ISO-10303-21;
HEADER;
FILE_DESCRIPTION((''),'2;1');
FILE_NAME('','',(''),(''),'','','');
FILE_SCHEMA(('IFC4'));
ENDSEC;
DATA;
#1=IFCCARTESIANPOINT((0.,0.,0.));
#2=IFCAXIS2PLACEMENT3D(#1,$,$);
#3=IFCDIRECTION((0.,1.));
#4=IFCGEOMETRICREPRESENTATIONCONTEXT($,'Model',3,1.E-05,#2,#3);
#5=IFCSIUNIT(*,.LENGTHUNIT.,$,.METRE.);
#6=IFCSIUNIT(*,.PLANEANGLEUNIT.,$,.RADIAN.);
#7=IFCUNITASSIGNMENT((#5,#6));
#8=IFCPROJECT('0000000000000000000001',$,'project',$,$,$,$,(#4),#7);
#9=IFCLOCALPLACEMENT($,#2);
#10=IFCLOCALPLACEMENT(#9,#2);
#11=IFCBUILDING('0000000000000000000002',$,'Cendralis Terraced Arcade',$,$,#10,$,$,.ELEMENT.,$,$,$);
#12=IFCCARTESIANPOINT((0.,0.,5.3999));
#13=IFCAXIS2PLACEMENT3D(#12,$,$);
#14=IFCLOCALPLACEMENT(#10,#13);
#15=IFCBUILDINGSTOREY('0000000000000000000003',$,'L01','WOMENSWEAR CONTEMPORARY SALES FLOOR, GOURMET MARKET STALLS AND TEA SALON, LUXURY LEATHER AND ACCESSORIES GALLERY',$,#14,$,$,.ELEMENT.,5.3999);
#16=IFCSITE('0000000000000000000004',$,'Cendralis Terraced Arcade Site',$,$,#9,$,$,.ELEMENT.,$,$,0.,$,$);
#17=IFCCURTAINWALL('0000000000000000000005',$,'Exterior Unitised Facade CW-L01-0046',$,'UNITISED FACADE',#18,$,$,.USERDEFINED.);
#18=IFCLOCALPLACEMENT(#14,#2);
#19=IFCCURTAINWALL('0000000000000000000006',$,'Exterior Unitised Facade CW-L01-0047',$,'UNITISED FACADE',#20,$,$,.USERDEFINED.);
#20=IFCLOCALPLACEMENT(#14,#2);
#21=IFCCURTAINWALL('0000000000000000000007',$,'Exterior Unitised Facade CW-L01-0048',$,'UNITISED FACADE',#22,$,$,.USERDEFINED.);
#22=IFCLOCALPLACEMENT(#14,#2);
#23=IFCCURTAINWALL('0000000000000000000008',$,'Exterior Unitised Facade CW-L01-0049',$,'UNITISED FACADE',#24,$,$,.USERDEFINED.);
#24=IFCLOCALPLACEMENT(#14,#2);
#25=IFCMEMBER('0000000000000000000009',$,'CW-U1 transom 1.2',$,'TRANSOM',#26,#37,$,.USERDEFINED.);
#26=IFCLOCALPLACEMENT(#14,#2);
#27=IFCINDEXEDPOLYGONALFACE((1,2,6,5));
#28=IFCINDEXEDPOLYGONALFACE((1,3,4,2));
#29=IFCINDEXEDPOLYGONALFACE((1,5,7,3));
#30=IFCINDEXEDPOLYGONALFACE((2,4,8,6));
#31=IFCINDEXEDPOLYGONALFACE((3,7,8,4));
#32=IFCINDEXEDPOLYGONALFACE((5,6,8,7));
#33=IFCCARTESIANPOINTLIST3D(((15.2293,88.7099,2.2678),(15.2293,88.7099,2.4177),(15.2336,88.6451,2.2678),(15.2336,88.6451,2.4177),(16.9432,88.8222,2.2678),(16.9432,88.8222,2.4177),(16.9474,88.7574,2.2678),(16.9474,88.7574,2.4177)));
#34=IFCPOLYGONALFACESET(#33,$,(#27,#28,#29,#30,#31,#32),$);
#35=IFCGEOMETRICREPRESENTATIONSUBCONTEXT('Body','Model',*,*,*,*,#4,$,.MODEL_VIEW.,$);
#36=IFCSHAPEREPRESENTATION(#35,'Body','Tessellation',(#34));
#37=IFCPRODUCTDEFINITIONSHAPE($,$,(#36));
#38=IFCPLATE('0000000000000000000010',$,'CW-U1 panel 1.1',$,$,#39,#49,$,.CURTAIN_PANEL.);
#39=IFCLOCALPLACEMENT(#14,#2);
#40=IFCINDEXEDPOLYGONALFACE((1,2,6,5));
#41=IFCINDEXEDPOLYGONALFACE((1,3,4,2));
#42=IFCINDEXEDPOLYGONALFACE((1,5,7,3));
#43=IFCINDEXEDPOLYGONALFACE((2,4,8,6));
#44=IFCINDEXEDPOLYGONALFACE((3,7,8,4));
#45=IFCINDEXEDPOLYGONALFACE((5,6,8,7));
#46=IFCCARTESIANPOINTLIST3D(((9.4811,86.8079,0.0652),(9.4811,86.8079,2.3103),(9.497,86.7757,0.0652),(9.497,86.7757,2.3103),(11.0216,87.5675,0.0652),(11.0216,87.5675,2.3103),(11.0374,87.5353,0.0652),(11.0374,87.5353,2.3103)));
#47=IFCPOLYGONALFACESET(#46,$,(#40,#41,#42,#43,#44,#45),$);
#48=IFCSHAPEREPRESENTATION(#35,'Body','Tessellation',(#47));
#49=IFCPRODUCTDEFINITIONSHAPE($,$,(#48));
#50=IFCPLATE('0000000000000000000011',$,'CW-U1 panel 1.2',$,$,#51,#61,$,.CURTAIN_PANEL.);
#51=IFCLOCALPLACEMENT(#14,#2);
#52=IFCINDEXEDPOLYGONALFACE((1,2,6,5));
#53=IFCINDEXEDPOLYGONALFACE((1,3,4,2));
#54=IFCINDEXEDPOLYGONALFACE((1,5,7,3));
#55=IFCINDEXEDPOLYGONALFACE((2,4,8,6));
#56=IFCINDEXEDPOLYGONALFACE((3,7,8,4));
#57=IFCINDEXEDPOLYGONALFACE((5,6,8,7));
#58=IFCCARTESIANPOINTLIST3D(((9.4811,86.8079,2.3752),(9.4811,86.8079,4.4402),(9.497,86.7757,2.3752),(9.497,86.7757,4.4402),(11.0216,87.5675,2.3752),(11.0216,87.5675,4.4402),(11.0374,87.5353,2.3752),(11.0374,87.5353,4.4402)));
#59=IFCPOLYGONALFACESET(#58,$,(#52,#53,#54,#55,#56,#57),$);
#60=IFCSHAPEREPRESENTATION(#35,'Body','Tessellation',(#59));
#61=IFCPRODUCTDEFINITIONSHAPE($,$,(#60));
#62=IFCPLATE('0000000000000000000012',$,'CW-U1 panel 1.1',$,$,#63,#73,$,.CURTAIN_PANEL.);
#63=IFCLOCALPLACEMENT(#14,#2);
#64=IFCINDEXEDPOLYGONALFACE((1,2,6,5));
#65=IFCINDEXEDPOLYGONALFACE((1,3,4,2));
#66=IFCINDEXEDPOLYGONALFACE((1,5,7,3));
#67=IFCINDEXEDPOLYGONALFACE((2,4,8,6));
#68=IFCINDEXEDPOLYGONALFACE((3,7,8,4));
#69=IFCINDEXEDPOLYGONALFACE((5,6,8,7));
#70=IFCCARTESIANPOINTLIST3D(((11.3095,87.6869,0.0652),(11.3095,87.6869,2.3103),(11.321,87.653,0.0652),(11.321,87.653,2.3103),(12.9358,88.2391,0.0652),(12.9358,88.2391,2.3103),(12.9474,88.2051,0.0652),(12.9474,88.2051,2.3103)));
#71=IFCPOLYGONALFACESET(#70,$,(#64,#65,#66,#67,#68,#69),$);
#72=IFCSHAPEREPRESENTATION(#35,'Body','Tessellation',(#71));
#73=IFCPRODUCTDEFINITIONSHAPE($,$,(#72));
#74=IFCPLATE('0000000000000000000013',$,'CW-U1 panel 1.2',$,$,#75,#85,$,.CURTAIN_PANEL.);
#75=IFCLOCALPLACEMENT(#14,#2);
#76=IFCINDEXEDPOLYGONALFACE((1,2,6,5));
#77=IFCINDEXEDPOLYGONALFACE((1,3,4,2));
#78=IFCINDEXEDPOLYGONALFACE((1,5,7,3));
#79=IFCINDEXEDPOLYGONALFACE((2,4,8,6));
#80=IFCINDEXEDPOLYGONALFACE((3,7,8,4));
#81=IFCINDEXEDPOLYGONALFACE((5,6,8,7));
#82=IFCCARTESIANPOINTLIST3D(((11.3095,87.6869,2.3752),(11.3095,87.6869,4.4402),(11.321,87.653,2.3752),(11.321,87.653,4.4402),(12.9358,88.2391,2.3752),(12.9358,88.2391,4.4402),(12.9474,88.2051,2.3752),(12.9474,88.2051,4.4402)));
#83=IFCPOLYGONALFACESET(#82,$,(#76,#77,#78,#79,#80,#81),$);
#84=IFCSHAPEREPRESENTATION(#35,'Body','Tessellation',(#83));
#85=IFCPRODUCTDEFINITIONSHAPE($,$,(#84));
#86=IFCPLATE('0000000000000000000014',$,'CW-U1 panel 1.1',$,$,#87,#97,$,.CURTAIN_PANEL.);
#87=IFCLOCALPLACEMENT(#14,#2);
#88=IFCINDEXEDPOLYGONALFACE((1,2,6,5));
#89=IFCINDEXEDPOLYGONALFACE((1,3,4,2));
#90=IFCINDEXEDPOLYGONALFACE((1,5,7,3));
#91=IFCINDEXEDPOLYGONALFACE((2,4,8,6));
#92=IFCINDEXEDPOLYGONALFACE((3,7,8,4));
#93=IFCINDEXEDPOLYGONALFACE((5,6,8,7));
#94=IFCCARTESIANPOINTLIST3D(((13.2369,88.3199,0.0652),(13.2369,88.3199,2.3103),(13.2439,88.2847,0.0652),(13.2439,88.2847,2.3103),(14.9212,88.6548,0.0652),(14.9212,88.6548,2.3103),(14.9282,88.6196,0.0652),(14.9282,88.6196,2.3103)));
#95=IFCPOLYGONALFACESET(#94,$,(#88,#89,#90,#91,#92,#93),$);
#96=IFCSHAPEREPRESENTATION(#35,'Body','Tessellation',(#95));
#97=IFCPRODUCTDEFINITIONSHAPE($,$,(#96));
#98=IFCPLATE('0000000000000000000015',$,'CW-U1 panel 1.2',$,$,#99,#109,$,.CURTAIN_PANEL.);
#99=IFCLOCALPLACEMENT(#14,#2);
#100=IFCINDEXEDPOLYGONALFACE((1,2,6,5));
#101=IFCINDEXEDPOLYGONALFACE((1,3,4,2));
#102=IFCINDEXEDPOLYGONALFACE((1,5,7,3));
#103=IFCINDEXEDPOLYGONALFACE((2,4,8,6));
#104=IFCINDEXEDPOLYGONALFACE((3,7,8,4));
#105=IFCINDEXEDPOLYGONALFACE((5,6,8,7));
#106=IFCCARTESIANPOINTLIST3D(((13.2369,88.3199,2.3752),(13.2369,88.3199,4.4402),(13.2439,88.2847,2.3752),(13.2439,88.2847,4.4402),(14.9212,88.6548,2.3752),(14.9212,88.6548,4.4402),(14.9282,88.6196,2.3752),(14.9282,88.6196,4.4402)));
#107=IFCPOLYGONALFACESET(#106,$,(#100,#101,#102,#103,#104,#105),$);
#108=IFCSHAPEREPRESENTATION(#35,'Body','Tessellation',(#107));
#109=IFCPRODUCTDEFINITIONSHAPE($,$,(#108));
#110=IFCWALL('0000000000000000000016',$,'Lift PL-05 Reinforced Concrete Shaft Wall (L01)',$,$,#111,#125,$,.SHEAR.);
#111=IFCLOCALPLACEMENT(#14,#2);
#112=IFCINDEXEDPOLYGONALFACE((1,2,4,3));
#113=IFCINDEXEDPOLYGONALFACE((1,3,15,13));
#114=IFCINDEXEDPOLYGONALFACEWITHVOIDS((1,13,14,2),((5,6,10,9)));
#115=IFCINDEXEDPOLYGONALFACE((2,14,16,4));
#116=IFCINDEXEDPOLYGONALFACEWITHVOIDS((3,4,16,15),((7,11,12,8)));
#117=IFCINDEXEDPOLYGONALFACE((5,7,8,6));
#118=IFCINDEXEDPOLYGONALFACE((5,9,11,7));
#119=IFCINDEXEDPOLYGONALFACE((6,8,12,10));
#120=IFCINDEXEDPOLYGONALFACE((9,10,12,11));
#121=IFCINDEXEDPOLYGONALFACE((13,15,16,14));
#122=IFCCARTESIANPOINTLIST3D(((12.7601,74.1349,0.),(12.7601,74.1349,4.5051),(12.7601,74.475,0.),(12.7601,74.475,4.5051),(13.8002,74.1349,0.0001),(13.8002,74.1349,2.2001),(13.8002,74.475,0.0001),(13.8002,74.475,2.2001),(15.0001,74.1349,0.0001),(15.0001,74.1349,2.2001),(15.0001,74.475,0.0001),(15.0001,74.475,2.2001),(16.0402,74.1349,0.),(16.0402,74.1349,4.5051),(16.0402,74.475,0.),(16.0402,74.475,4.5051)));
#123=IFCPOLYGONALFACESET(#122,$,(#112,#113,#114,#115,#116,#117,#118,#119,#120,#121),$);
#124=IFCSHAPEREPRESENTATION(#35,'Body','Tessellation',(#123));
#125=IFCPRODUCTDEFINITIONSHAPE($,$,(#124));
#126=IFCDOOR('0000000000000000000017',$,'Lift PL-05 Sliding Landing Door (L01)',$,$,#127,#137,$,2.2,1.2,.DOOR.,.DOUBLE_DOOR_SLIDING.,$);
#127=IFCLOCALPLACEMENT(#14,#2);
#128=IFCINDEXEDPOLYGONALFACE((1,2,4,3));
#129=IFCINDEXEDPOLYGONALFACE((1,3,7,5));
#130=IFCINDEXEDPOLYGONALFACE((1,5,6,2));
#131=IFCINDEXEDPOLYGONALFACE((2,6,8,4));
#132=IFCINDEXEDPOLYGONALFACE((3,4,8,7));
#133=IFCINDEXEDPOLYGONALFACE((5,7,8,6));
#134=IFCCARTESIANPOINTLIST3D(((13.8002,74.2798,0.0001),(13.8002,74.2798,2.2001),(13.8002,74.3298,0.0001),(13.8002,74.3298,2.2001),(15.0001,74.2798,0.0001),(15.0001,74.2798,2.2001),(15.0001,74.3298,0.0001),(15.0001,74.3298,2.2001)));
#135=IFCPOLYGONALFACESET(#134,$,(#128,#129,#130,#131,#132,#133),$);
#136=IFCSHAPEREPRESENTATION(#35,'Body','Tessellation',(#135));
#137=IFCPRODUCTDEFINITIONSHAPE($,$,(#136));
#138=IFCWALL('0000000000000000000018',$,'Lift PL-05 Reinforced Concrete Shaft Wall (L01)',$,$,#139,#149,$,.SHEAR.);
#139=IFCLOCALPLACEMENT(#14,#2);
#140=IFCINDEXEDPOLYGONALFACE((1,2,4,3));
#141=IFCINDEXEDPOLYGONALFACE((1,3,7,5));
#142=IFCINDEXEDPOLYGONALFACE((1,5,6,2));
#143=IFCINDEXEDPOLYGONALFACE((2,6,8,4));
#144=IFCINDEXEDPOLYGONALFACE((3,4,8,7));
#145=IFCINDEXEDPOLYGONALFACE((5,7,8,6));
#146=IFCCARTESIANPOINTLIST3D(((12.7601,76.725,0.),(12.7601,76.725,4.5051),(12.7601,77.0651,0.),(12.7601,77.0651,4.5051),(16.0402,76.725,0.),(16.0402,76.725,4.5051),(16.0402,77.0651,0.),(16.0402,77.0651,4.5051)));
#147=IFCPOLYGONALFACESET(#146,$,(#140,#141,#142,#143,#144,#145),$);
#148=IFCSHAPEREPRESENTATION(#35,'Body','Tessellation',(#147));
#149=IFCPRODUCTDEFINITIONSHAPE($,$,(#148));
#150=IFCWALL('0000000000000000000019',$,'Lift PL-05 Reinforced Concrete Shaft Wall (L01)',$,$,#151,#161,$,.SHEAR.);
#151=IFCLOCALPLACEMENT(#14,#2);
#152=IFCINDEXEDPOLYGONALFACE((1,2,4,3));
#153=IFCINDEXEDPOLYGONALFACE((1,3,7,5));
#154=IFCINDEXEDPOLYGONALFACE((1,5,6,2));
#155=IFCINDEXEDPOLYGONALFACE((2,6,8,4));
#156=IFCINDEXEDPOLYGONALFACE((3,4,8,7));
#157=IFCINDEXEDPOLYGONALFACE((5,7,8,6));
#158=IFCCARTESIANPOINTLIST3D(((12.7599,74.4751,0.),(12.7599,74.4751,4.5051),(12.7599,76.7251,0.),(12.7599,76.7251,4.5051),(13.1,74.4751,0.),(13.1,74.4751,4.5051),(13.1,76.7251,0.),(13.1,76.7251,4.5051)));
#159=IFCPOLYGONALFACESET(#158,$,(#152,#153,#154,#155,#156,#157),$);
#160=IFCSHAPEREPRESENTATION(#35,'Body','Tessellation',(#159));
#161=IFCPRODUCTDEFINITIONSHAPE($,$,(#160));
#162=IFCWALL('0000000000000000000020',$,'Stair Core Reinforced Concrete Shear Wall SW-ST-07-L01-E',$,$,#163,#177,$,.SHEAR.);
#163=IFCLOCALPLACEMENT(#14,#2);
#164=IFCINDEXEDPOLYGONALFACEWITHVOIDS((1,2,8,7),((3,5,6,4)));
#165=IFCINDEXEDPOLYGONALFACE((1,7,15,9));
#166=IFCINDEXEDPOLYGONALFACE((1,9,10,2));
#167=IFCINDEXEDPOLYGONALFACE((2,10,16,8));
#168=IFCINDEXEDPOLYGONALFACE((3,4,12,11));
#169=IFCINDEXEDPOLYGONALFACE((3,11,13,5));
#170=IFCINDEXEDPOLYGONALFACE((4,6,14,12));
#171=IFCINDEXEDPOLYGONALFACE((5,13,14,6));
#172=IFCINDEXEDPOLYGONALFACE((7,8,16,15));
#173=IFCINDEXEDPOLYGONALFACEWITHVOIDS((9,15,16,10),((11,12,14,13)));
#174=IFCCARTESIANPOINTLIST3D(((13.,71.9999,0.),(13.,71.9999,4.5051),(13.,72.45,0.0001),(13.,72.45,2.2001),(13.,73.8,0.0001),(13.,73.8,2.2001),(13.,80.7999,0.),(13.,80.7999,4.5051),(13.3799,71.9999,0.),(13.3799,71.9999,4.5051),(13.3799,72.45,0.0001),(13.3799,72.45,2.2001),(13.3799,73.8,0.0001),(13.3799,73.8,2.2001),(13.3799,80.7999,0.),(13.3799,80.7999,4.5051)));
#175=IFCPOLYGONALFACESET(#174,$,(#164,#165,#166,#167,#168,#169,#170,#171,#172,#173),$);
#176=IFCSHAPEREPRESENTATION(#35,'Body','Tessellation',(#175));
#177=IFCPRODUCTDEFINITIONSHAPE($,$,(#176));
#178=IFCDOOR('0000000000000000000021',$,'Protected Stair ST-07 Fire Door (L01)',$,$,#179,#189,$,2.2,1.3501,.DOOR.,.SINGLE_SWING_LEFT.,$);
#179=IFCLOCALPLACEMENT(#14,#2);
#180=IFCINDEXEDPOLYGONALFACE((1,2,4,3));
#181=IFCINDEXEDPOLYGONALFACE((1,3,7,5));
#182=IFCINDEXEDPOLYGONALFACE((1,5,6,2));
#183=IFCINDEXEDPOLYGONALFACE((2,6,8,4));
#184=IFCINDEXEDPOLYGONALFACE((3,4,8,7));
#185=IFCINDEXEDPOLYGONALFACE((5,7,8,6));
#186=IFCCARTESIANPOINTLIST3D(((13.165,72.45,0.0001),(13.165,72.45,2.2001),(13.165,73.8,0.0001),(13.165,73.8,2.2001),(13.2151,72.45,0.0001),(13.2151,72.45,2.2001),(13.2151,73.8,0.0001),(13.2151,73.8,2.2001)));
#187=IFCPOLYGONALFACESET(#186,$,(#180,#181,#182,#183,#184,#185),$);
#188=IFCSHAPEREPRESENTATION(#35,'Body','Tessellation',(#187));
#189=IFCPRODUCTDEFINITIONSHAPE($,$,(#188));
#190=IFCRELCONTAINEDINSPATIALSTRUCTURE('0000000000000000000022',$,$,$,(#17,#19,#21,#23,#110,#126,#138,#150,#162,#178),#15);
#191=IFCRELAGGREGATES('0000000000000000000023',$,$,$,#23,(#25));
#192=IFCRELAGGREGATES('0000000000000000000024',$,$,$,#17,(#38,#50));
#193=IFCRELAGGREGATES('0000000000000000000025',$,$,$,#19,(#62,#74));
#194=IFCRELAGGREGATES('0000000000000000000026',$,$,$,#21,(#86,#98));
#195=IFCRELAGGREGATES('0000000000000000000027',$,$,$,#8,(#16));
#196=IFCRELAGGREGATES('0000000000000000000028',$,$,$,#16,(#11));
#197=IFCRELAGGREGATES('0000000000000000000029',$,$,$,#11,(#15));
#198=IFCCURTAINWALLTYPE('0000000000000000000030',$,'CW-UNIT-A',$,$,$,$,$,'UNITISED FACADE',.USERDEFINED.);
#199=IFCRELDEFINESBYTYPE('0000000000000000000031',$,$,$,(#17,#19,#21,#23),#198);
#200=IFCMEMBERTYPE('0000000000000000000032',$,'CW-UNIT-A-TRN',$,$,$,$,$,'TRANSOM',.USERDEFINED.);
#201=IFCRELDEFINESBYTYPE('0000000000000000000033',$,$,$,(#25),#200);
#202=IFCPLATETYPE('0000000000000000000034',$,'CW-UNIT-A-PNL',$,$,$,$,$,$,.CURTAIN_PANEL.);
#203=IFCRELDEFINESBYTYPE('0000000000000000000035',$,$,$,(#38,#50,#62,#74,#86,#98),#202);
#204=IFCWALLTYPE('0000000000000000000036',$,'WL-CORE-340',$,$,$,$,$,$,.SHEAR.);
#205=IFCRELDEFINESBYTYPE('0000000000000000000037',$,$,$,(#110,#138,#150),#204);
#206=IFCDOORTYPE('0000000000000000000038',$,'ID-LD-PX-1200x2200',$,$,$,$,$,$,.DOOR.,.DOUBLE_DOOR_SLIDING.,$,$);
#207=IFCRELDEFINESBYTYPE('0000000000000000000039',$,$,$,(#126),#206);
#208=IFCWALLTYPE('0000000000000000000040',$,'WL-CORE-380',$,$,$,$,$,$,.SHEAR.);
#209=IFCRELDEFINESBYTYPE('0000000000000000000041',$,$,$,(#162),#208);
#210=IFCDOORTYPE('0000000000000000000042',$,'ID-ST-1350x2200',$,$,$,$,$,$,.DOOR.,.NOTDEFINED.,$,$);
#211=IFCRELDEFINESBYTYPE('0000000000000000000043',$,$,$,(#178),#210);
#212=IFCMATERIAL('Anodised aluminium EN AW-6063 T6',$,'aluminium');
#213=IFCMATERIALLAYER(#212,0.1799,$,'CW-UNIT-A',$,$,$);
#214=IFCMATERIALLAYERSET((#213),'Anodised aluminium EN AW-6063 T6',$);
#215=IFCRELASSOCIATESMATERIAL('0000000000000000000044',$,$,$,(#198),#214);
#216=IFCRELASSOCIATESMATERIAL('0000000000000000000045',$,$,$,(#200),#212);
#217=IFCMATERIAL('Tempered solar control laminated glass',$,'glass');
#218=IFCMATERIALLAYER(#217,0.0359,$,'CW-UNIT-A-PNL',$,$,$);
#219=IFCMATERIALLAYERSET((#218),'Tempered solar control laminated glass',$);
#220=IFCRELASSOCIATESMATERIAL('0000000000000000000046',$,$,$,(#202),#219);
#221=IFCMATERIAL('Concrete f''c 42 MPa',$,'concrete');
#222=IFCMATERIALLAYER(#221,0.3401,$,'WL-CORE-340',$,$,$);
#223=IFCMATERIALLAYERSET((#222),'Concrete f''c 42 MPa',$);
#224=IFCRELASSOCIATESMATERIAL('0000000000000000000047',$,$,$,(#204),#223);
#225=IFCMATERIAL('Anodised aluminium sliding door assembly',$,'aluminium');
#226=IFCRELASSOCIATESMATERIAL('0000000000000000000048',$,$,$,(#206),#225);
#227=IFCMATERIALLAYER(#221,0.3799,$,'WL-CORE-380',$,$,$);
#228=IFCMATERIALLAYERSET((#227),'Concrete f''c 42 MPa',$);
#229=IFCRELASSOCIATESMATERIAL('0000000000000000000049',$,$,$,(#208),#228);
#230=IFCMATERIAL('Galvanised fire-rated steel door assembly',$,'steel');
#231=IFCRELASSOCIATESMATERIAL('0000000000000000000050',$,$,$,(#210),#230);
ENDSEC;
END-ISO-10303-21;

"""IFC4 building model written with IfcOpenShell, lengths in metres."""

from ifc_helpers import new_model, si_unit, direction, frame, frame_2d, origin, origin_2d, place, context, subcontext, project, spatial, rectangle, extrude, material, layer, layer_set, material_profile, profile_set, type_object, element, fill, aggregate, save


model = new_model("IFC4")

# Units and contexts
model_context = context("Model", 3, precision=1e-05, world=origin(), true_north=direction((0.0, 1.0)))
body_context = subcontext(model_context, "Body", "Model", "MODEL_VIEW")
ifc_project = project(units=[si_unit("LENGTHUNIT", "METRE"), si_unit("PLANEANGLEUNIT", "RADIAN")], contexts=[model_context])

# Site, building, storey
site_placement = place(None, origin())
site = spatial("IfcSite", under=ifc_project, at=site_placement, Name="Cendralis Terraced Arcade Site", CompositionType="ELEMENT", RefElevation=0.0)
building_placement = place(site_placement, origin())
building = spatial("IfcBuilding", under=site, at=building_placement, Name="Cendralis Terraced Arcade", CompositionType="ELEMENT")
storey_placement = place(building_placement, frame((0.0, 0.0, 5.3999)))
storey = spatial("IfcBuildingStorey", under=building, at=storey_placement, Name="L01", Description="WOMENSWEAR CONTEMPORARY SALES FLOOR, GOURMET MARKET STALLS AND TEA SALON, LUXURY LEATHER AND ACCESSORIES GALLERY", CompositionType="ELEMENT", Elevation=5.3999)

# Curtain wall
ifc_material_1 = material(Name="Anodised aluminium EN AW-6063 T6", Category="aluminium")
ifc_layer_1 = layer(ifc_material_1, 0.1799, Name="CW-UNIT-A")
ifc_layer_set_1 = layer_set([ifc_layer_1], Name="Anodised aluminium EN AW-6063 T6")
curtain_wall_type = type_object("IfcCurtainWallType", Name="CW-UNIT-A", ElementType="UNITISED FACADE", PredefinedType="USERDEFINED", material=ifc_layer_set_1)
curtain_wall_1_placement = place(storey_placement, origin())
curtain_wall_1 = element("IfcCurtainWall", 1, at=curtain_wall_1_placement, inside=storey, type_object=curtain_wall_type, Name="Exterior Unitised Facade CW-L01-0046", ObjectType="UNITISED FACADE", PredefinedType="USERDEFINED")

# Curtain walls
curtain_wall_2_placement = place(storey_placement, origin())
curtain_wall_2 = element("IfcCurtainWall", 2, at=curtain_wall_2_placement, inside=storey, type_object=curtain_wall_type, Name="Exterior Unitised Facade CW-L01-0047", ObjectType="UNITISED FACADE", PredefinedType="USERDEFINED")
curtain_wall_3_placement = place(storey_placement, origin())
curtain_wall_3 = element("IfcCurtainWall", 3, at=curtain_wall_3_placement, inside=storey, type_object=curtain_wall_type, Name="Exterior Unitised Facade CW-L01-0048", ObjectType="UNITISED FACADE", PredefinedType="USERDEFINED")

# Curtain wall
curtain_wall_4_placement = place(storey_placement, origin())
curtain_wall_4 = element("IfcCurtainWall", 4, at=curtain_wall_4_placement, inside=storey, type_object=curtain_wall_type, Name="Exterior Unitised Facade CW-L01-0049", ObjectType="UNITISED FACADE", PredefinedType="USERDEFINED")

# Member
ifc_material_profile_1 = material_profile(ifc_material_1, rectangle(XDim=0.0649, YDim=0.1499, at=origin_2d()), Name="ALU-TRN-65x150")
ifc_profile_set_1 = profile_set([ifc_material_profile_1], Name="Anodised aluminium EN AW-6063 T6")
member_type_1 = type_object("IfcMemberType", Name="CW-UNIT-A-TRN", ElementType="TRANSOM", PredefinedType="USERDEFINED", material=ifc_profile_set_1)
member_1_placement = place(storey_placement, frame((15.2314, 88.6775, 2.3428), z_axis=(0.99786, 0.065387, 0.0), x_axis=(-0.065387, 0.99786, 0.0)))
member_1 = element("IfcMember", 5, at=member_1_placement, type_object=member_type_1, Name="CW-U1 transom 1.2", ObjectType="TRANSOM", PredefinedType="USERDEFINED", context=body_context, shape_type="SweptSolid", body=[
    extrude(rectangle(XDim=0.0649, YDim=0.1499, at=origin_2d()), origin(), (0.0, 0.0, 1.0), 1.7175),
])
aggregate(curtain_wall_4, [member_1])

# Plates
ifc_material_2 = material(Name="Tempered solar control laminated glass", Category="glass")
ifc_layer_2 = layer(ifc_material_2, 0.0359, Name="CW-UNIT-A-PNL")
ifc_layer_set_2 = layer_set([ifc_layer_2], Name="Tempered solar control laminated glass")
plate_type = type_object("IfcPlateType", Name="CW-UNIT-A-PNL", PredefinedType="CURTAIN_PANEL", material=ifc_layer_set_2)
plate_1_placement = place(storey_placement, frame((10.2593, 87.1716, 0.0652), z_axis=(0.0, 0.0, 1.0), x_axis=(0.896882, 0.44227, 0.0)))
plate_1 = element("IfcPlate", 6, at=plate_1_placement, type_object=plate_type, Name="CW-U1 panel 1.1", PredefinedType="CURTAIN_PANEL", context=body_context, shape_type="SweptSolid", body=[
    extrude(rectangle(XDim=1.7175, YDim=0.0359, at=origin_2d()), origin(), (0.0, 0.0, 1.0), 2.2451),
])
plate_2_placement = place(storey_placement, frame((10.2593, 87.1716, 2.3752), z_axis=(0.0, 0.0, 1.0), x_axis=(0.896882, 0.44227, 0.0)))
plate_2 = element("IfcPlate", 7, at=plate_2_placement, type_object=plate_type, Name="CW-U1 panel 1.2", PredefinedType="CURTAIN_PANEL", context=body_context, shape_type="SweptSolid", body=[
    extrude(rectangle(XDim=1.7175, YDim=0.0359, at=origin_2d()), origin(), (0.0, 0.0, 1.0), 2.0649),
])
aggregate(curtain_wall_1, [plate_1, plate_2])
plate_3_placement = place(storey_placement, frame((12.1284, 87.946, 0.0652), z_axis=(0.0, 0.0, 1.0), x_axis=(0.94691, 0.3215, 0.0)))
plate_3 = element("IfcPlate", 8, at=plate_3_placement, type_object=plate_type, Name="CW-U1 panel 1.1", PredefinedType="CURTAIN_PANEL", context=body_context, shape_type="SweptSolid", body=[
    extrude(rectangle(XDim=1.7175, YDim=0.0359, at=origin_2d()), origin(), (0.0, 0.0, 1.0), 2.2451),
])
plate_4_placement = place(storey_placement, frame((12.1284, 87.946, 2.3752), z_axis=(0.0, 0.0, 1.0), x_axis=(0.94691, 0.3215, 0.0)))
plate_4 = element("IfcPlate", 9, at=plate_4_placement, type_object=plate_type, Name="CW-U1 panel 1.2", PredefinedType="CURTAIN_PANEL", context=body_context, shape_type="SweptSolid", body=[
    extrude(rectangle(XDim=1.7175, YDim=0.0359, at=origin_2d()), origin(), (0.0, 0.0, 1.0), 2.0649),
])
aggregate(curtain_wall_2, [plate_3, plate_4])
plate_5_placement = place(storey_placement, frame((14.0825, 88.4697, 0.0652), z_axis=(0.0, 0.0, 1.0), x_axis=(0.980797, 0.195033, 0.0)))
plate_5 = element("IfcPlate", 10, at=plate_5_placement, type_object=plate_type, Name="CW-U1 panel 1.1", PredefinedType="CURTAIN_PANEL", context=body_context, shape_type="SweptSolid", body=[
    extrude(rectangle(XDim=1.7173, YDim=0.0359, at=origin_2d()), origin(), (0.0, 0.0, 1.0), 2.2451),
])
plate_6_placement = place(storey_placement, frame((14.0825, 88.4697, 2.3752), z_axis=(0.0, 0.0, 1.0), x_axis=(0.980797, 0.195033, 0.0)))
plate_6 = element("IfcPlate", 11, at=plate_6_placement, type_object=plate_type, Name="CW-U1 panel 1.2", PredefinedType="CURTAIN_PANEL", context=body_context, shape_type="SweptSolid", body=[
    extrude(rectangle(XDim=1.7173, YDim=0.0359, at=origin_2d()), origin(), (0.0, 0.0, 1.0), 2.0649),
])
aggregate(curtain_wall_3, [plate_5, plate_6])

# Wall, opening, door
ifc_material_3 = material(Name="Concrete f'c 42 MPa", Category="concrete")
ifc_layer_3 = layer(ifc_material_3, 0.3401, Name="WL-CORE-340")
ifc_layer_set_3 = layer_set([ifc_layer_3], Name="Concrete f'c 42 MPa")
wall_type_1 = type_object("IfcWallType", Name="WL-CORE-340", PredefinedType="SHEAR", material=ifc_layer_set_3)
wall_1_placement = place(storey_placement, frame((12.76, 74.3049, 0.0), z_axis=(0.0, 0.0, 1.0), x_axis=(1.0, 0.0, 0.0)))
wall_1 = element("IfcWall", 12, at=wall_1_placement, inside=storey, type_object=wall_type_1, Name="Lift PL-05 Reinforced Concrete Shaft Wall (L01)", PredefinedType="SHEAR", context=body_context, shape_type="SweptSolid", body=[
    extrude(rectangle(XDim=3.28, YDim=0.3401, at=frame_2d((1.6401, 0.0))), origin(), (0.0, 0.0, 1.0), 4.5051),
])
opening_1_placement = place(wall_1_placement, frame((1.04, 0.0, 0.0)))
opening_1 = element("IfcOpeningElement", 13, at=opening_1_placement, cuts=wall_1, PredefinedType="OPENING", context=body_context, shape_type="SweptSolid", body=[
    extrude(rectangle(XDim=1.2, YDim=2.2, at=frame_2d((0.6001, 1.1001))), frame((0.0, 0.1821, 0.0), z_axis=(0.0, -1.0, 0.0), x_axis=(1.0, 0.0, 0.0)), (0.0, 0.0, 1.0), 0.364),
])
ifc_material_4 = material(Name="Anodised aluminium sliding door assembly", Category="aluminium")
door_type_1 = type_object("IfcDoorType", Name="ID-LD-PX-1200x2200", OperationType="DOUBLE_DOOR_SLIDING", PredefinedType="DOOR", material=ifc_material_4)
door_1_placement = place(opening_1_placement, origin())
door_1 = element("IfcDoor", 14, at=door_1_placement, inside=storey, type_object=door_type_1, Name="Lift PL-05 Sliding Landing Door (L01)", OperationType="DOUBLE_DOOR_SLIDING", OverallHeight=2.2, OverallWidth=1.2, PredefinedType="DOOR", context=body_context, shape_type="SweptSolid", body=[
    extrude(rectangle(XDim=1.2, YDim=2.2, at=frame_2d((0.6001, 1.1001))), frame((0.0, 0.0249, 0.0), z_axis=(0.0, -1.0, 0.0), x_axis=(1.0, 0.0, 0.0)), (0.0, 0.0, 1.0), 0.05),
])
fill(opening_1, door_1)

# Walls
wall_2_placement = place(storey_placement, frame((12.76, 76.895, 0.0), z_axis=(0.0, 0.0, 1.0), x_axis=(1.0, 0.0, 0.0)))
element("IfcWall", 15, at=wall_2_placement, inside=storey, type_object=wall_type_1, Name="Lift PL-05 Reinforced Concrete Shaft Wall (L01)", PredefinedType="SHEAR", context=body_context, shape_type="SweptSolid", body=[
    extrude(rectangle(XDim=3.28, YDim=0.3401, at=frame_2d((1.6401, 0.0))), origin(), (0.0, 0.0, 1.0), 4.5051),
])
wall_3_placement = place(storey_placement, frame((12.9299, 74.4751, 0.0), z_axis=(0.0, 0.0, 1.0), x_axis=(0.0, 1.0, 0.0)))
element("IfcWall", 16, at=wall_3_placement, inside=storey, type_object=wall_type_1, Name="Lift PL-05 Reinforced Concrete Shaft Wall (L01)", PredefinedType="SHEAR", context=body_context, shape_type="SweptSolid", body=[
    extrude(rectangle(XDim=2.25, YDim=0.3401, at=frame_2d((1.125, 0.0))), origin(), (0.0, 0.0, 1.0), 4.5051),
])

# Wall, opening, door
ifc_layer_4 = layer(ifc_material_3, 0.3799, Name="WL-CORE-380")
ifc_layer_set_4 = layer_set([ifc_layer_4], Name="Concrete f'c 42 MPa")
wall_type_2 = type_object("IfcWallType", Name="WL-CORE-380", PredefinedType="SHEAR", material=ifc_layer_set_4)
wall_4_placement = place(storey_placement, frame((13.1899, 72.0, 0.0), z_axis=(0.0, 0.0, 1.0), x_axis=(0.0, 1.0, 0.0)))
wall_4 = element("IfcWall", 17, at=wall_4_placement, inside=storey, type_object=wall_type_2, Name="Stair Core Reinforced Concrete Shear Wall SW-ST-07-L01-E", PredefinedType="SHEAR", context=body_context, shape_type="SweptSolid", body=[
    extrude(rectangle(XDim=8.8, YDim=0.3799, at=frame_2d((4.3999, 0.0))), origin(), (0.0, 0.0, 1.0), 4.5051),
])
opening_2_placement = place(wall_4_placement, frame((0.45, 0.0, 0.0)))
opening_2 = element("IfcOpeningElement", 18, at=opening_2_placement, cuts=wall_4, PredefinedType="OPENING", context=body_context, shape_type="SweptSolid", body=[
    extrude(rectangle(XDim=1.3501, YDim=2.2, at=frame_2d((0.675, 1.1001))), frame((0.0, 0.2019, 0.0), z_axis=(0.0, -1.0, 0.0), x_axis=(1.0, 0.0, 0.0)), (0.0, 0.0, 1.0), 0.4038),
])
ifc_material_5 = material(Name="Galvanised fire-rated steel door assembly", Category="steel")
door_type_2 = type_object("IfcDoorType", Name="ID-ST-1350x2200", OperationType="NOTDEFINED", PredefinedType="DOOR", material=ifc_material_5)
door_2_placement = place(opening_2_placement, origin())
door_2 = element("IfcDoor", 19, at=door_2_placement, inside=storey, type_object=door_type_2, Name="Protected Stair ST-07 Fire Door (L01)", OperationType="SINGLE_SWING_LEFT", OverallHeight=2.2, OverallWidth=1.3501, PredefinedType="DOOR", context=body_context, shape_type="SweptSolid", body=[
    extrude(rectangle(XDim=1.3501, YDim=2.2, at=frame_2d((0.675, 1.1001))), frame((0.0, 0.0249, 0.0), z_axis=(0.0, -1.0, 0.0), x_axis=(1.0, 0.0, 0.0)), (0.0, 0.0, 1.0), 0.05),
])
fill(opening_2, door_2)

save(model, "model.ifc")
